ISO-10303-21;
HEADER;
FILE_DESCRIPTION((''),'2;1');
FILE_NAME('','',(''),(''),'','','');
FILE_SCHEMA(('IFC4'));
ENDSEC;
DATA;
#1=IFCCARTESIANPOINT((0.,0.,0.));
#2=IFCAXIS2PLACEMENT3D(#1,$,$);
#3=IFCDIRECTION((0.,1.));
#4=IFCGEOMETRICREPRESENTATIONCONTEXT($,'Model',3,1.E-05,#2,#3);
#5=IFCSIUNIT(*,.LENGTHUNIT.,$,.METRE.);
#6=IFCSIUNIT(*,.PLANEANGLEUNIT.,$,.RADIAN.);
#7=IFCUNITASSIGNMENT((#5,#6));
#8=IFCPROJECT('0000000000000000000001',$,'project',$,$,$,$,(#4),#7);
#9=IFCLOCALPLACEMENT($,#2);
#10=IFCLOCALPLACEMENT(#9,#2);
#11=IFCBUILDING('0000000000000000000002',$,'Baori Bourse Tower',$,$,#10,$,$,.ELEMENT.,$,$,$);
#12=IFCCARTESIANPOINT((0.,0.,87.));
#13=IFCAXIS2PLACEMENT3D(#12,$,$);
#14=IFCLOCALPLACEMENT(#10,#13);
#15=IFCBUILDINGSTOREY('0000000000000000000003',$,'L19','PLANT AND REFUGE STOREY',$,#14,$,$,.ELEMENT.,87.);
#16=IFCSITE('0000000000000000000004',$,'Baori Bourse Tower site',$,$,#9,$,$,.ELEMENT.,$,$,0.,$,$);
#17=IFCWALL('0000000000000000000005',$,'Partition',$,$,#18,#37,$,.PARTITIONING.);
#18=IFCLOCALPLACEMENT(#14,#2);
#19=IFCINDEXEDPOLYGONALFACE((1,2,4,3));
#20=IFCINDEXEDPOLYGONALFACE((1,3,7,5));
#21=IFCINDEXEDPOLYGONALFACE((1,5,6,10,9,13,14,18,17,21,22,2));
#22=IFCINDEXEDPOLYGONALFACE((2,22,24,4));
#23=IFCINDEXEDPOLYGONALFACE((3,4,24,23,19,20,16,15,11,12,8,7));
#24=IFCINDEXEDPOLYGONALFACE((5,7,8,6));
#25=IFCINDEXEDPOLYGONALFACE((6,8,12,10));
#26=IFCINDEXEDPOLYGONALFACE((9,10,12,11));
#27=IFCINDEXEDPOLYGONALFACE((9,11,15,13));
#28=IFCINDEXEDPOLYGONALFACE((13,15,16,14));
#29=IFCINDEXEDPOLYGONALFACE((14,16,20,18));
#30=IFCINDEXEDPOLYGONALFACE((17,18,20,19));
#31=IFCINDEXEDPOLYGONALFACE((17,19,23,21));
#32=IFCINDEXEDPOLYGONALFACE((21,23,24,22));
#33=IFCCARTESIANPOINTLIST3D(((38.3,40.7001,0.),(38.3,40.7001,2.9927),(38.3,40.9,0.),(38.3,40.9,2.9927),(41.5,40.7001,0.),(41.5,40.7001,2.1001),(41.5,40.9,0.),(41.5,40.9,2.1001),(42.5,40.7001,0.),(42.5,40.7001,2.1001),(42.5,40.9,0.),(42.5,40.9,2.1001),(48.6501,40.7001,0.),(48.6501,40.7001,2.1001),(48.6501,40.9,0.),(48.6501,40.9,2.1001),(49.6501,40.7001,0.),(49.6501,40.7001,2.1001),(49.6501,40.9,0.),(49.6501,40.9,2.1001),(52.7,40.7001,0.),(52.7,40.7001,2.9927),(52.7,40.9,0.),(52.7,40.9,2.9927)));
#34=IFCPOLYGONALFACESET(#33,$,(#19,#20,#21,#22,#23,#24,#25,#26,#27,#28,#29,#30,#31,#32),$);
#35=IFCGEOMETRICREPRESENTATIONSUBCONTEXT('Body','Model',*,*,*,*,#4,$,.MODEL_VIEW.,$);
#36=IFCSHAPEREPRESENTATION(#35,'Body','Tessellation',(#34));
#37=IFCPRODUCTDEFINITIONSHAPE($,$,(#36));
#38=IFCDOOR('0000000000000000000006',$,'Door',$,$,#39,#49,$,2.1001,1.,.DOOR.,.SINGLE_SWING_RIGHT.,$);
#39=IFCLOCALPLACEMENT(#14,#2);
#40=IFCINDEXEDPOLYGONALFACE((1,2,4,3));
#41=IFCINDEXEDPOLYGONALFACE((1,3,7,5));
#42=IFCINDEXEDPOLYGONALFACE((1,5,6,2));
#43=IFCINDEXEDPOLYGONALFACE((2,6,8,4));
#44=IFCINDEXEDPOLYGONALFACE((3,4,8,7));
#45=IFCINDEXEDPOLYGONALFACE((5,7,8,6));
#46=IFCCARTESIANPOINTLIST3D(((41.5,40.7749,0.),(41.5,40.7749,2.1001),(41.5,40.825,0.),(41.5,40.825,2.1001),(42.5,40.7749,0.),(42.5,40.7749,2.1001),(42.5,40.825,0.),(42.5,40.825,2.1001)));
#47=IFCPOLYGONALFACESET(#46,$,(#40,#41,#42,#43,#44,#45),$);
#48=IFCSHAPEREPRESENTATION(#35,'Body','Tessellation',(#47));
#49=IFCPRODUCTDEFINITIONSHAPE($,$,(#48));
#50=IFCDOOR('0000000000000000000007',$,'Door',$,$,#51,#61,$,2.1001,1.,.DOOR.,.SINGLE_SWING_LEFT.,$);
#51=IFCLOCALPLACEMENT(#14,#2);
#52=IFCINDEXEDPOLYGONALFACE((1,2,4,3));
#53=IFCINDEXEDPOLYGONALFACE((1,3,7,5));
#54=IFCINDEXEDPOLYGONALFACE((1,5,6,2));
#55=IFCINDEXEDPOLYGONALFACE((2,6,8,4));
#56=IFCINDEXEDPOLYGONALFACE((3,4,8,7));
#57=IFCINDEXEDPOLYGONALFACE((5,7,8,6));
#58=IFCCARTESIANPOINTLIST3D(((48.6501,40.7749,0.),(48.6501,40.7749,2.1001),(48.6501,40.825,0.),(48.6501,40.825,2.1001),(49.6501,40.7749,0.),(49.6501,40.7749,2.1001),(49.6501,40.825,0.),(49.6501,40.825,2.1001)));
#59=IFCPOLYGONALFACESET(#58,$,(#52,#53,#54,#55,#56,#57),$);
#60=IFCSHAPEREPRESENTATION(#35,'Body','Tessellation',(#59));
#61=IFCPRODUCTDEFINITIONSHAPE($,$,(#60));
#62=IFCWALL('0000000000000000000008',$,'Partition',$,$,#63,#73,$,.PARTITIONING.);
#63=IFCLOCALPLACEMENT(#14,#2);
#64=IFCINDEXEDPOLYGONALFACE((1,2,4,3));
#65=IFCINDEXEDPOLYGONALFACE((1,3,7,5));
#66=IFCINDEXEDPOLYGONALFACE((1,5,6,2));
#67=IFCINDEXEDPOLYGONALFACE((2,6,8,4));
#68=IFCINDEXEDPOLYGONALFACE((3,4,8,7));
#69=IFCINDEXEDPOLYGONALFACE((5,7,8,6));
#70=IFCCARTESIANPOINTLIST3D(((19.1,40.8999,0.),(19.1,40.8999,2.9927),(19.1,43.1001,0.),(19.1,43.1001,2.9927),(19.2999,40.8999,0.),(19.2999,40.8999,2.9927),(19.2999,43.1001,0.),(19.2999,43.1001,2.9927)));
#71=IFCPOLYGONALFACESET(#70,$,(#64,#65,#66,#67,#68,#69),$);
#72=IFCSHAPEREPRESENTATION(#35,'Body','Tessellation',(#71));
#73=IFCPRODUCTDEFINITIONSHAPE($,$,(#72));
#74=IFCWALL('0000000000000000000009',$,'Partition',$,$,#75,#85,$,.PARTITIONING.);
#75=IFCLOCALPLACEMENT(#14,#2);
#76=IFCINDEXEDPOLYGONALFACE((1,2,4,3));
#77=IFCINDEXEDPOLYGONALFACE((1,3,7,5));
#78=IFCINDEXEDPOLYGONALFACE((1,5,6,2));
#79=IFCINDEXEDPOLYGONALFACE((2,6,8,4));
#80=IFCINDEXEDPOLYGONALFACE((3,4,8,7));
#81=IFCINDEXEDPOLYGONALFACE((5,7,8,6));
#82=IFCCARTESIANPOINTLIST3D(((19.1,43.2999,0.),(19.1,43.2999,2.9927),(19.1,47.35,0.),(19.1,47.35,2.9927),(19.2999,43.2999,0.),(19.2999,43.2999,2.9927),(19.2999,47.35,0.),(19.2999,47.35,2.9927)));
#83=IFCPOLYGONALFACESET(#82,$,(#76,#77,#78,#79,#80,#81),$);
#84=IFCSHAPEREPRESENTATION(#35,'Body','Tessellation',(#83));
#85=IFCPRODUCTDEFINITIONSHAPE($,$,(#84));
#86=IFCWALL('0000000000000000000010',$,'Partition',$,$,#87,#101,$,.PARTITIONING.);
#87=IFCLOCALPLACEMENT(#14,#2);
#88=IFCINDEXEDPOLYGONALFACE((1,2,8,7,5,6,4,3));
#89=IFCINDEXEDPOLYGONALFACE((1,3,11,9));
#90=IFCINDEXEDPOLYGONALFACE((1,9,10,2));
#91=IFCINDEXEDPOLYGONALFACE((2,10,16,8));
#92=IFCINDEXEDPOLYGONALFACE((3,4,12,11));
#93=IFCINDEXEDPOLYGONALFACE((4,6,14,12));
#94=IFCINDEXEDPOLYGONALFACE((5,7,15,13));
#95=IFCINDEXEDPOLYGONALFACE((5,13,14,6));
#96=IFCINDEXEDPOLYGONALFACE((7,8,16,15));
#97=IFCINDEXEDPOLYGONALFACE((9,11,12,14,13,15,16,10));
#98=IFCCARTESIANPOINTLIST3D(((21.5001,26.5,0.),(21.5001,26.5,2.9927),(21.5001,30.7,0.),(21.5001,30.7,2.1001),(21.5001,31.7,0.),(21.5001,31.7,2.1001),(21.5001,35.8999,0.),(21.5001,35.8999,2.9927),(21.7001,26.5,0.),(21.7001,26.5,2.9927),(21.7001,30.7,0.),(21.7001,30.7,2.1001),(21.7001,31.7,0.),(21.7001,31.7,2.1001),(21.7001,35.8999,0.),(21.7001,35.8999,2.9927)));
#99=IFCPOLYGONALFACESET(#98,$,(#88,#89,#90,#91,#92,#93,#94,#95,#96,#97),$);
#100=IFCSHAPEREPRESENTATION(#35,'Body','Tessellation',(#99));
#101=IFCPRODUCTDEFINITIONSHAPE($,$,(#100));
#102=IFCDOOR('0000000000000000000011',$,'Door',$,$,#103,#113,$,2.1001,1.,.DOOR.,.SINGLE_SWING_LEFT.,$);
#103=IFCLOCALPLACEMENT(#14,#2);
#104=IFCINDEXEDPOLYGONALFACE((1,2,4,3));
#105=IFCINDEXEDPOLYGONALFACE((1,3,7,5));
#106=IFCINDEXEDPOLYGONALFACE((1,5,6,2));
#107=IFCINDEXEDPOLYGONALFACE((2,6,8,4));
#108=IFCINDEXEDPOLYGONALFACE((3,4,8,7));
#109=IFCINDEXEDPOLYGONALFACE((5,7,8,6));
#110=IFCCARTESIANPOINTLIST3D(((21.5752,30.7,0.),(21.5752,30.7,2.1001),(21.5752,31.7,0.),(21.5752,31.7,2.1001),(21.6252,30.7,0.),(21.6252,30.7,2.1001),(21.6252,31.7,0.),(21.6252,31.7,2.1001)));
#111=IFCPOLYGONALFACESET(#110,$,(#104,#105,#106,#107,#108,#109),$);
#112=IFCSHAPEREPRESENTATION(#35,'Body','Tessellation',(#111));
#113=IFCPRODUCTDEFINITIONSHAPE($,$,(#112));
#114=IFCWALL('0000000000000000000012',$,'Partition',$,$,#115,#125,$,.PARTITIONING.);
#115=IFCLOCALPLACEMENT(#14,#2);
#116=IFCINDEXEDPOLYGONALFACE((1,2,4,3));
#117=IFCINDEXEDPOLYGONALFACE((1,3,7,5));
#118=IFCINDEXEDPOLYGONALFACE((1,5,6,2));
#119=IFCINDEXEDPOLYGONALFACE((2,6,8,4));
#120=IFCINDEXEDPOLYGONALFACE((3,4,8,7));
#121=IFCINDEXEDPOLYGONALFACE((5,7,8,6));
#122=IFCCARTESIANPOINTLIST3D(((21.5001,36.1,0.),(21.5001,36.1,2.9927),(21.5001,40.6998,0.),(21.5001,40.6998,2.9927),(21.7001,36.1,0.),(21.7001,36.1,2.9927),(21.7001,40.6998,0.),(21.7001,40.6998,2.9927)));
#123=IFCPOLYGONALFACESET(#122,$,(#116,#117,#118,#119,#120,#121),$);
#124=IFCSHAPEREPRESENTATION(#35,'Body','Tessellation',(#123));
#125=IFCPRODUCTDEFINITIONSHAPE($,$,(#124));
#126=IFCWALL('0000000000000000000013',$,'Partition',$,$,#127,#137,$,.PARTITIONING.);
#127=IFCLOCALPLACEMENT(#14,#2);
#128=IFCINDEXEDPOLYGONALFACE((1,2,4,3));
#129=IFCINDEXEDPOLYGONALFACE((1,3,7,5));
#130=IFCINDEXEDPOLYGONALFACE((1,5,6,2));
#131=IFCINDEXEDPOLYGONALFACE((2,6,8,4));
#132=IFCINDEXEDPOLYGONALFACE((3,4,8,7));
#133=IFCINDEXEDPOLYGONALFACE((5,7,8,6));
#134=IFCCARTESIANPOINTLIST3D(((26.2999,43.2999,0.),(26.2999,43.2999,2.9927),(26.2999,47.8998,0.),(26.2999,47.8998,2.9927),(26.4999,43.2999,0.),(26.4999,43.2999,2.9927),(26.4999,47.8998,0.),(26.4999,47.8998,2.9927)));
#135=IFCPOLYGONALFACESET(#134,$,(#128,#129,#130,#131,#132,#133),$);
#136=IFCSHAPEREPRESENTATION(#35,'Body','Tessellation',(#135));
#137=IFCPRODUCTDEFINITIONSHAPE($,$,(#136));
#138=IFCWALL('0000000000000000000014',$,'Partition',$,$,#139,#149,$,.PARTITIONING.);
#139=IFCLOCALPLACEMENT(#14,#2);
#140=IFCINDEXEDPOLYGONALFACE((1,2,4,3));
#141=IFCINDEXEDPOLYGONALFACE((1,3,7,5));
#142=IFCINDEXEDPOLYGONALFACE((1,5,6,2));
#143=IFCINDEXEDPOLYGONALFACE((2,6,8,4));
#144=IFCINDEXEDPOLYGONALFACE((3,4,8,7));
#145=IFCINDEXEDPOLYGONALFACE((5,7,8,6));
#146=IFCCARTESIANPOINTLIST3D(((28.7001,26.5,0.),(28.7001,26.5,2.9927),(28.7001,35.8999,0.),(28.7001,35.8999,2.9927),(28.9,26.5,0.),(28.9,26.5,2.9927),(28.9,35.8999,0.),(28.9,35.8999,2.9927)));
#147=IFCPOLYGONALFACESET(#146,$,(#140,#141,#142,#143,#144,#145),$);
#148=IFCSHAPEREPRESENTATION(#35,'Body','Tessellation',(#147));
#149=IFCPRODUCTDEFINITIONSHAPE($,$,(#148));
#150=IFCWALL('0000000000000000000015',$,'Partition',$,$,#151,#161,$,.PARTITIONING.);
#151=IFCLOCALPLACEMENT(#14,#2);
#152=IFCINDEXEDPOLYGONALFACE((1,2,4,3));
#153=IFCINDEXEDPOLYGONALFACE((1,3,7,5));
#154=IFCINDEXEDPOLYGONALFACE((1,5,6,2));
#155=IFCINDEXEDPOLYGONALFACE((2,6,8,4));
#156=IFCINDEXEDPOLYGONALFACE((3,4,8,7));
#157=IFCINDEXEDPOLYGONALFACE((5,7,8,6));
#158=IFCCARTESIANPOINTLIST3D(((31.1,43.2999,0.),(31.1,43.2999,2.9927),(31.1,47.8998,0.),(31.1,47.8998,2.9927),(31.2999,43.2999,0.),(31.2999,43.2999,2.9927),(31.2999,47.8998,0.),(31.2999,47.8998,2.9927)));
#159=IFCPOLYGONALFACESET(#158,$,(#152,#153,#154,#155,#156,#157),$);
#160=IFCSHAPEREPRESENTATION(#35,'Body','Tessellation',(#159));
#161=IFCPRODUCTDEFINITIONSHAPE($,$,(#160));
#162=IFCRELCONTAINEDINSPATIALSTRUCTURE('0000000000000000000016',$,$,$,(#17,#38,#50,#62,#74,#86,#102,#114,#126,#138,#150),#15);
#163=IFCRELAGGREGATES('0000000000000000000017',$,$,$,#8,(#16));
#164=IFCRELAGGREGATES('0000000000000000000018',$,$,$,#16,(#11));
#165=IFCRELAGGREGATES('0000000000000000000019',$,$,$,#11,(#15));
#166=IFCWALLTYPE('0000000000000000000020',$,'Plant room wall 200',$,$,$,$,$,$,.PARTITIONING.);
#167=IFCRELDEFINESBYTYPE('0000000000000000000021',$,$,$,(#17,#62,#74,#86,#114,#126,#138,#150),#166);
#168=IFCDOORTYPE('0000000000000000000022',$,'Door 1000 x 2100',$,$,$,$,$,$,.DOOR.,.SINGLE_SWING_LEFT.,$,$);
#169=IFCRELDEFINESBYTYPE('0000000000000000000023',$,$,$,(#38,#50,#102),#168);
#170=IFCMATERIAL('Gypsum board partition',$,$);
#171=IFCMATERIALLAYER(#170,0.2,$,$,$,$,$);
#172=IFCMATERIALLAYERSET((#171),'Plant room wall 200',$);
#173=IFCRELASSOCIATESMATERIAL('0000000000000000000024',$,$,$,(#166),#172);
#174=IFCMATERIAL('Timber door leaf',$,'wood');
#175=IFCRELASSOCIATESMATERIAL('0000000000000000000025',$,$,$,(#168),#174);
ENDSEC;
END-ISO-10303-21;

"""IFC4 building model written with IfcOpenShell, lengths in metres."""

from ifc_helpers import new_model, si_unit, direction, frame, frame_2d, origin, place, context, subcontext, project, spatial, rectangle, extrude, material, layer, layer_set, type_object, element, fill, save


model = new_model("IFC4")

# Units and contexts
model_context = context("Model", 3, precision=1e-05, world=origin(), true_north=direction((0.0, 1.0)))
body_context = subcontext(model_context, "Body", "Model", "MODEL_VIEW")
ifc_project = project(units=[si_unit("LENGTHUNIT", "METRE"), si_unit("PLANEANGLEUNIT", "RADIAN")], contexts=[model_context])

# Site, building, storey
site_placement = place(None, origin())
site = spatial("IfcSite", under=ifc_project, at=site_placement, Name="Baori Bourse Tower site", CompositionType="ELEMENT", RefElevation=0.0)
building_placement = place(site_placement, origin())
building = spatial("IfcBuilding", under=site, at=building_placement, Name="Baori Bourse Tower", CompositionType="ELEMENT")
storey_placement = place(building_placement, frame((0.0, 0.0, 87.0)))
storey = spatial("IfcBuildingStorey", under=building, at=storey_placement, Name="L19", Description="PLANT AND REFUGE STOREY", CompositionType="ELEMENT", Elevation=87.0)

# Shared definitions
ifc_material_1 = material(Name="Gypsum board partition")
ifc_layer = layer(ifc_material_1, 0.2)
ifc_layer_set = layer_set([ifc_layer], Name="Plant room wall 200")
wall_type = type_object("IfcWallType", Name="Plant room wall 200", PredefinedType="PARTITIONING", material=ifc_layer_set)

# Shared definitions
ifc_material_2 = material(Name="Timber door leaf", Category="wood")
door_type = type_object("IfcDoorType", Name="Door 1000 x 2100", OperationType="SINGLE_SWING_LEFT", PredefinedType="DOOR", material=ifc_material_2)

# Wall, openings, doors
wall_1_placement = place(storey_placement, frame((38.3, 40.8, 0.0), z_axis=(0.0, 0.0, 1.0), x_axis=(1.0, 0.0, 0.0)))
wall_1 = element("IfcWall", 1, at=wall_1_placement, inside=storey, type_object=wall_type, Name="Partition", PredefinedType="PARTITIONING", context=body_context, shape_type="SweptSolid", body=[
    extrude(rectangle(XDim=14.3999, YDim=0.2, at=frame_2d((7.2, 0.0))), origin(), (0.0, 0.0, 1.0), 2.9927),
])
opening_1_placement = place(wall_1_placement, frame((3.2, 0.0, 0.0)))
opening_1 = element("IfcOpeningElement", 2, at=opening_1_placement, cuts=wall_1, PredefinedType="OPENING", context=body_context, shape_type="SweptSolid", body=[
    extrude(rectangle(XDim=1.0, YDim=2.1001, at=frame_2d((0.5, 1.05))), frame((0.0, 0.1099, 0.0), z_axis=(0.0, -1.0, 0.0), x_axis=(1.0, 0.0, 0.0)), (0.0, 0.0, 1.0), 0.22),
])
opening_2_placement = place(wall_1_placement, frame((10.3501, 0.0, 0.0)))
opening_2 = element("IfcOpeningElement", 3, at=opening_2_placement, cuts=wall_1, PredefinedType="OPENING", context=body_context, shape_type="SweptSolid", body=[
    extrude(rectangle(XDim=1.0, YDim=2.1001, at=frame_2d((0.5, 1.05))), frame((0.0, 0.1099, 0.0), z_axis=(0.0, -1.0, 0.0), x_axis=(1.0, 0.0, 0.0)), (0.0, 0.0, 1.0), 0.22),
])
door_1_placement = place(opening_1_placement, origin())
door_1 = element("IfcDoor", 4, at=door_1_placement, inside=storey, type_object=door_type, Name="Door", OperationType="SINGLE_SWING_RIGHT", OverallHeight=2.1001, OverallWidth=1.0, PredefinedType="DOOR", context=body_context, shape_type="SweptSolid", body=[
    extrude(rectangle(XDim=1.0, YDim=2.1001, at=frame_2d((0.5, 1.05))), frame((0.0, 0.0249, 0.0), z_axis=(0.0, -1.0, 0.0), x_axis=(1.0, 0.0, 0.0)), (0.0, 0.0, 1.0), 0.05),
])
fill(opening_1, door_1)
door_2_placement = place(opening_2_placement, origin())
door_2 = element("IfcDoor", 5, at=door_2_placement, inside=storey, type_object=door_type, Name="Door", OperationType="SINGLE_SWING_LEFT", OverallHeight=2.1001, OverallWidth=1.0, PredefinedType="DOOR", context=body_context, shape_type="SweptSolid", body=[
    extrude(rectangle(XDim=1.0, YDim=2.1001, at=frame_2d((0.5, 1.05))), frame((0.0, 0.0249, 0.0), z_axis=(0.0, -1.0, 0.0), x_axis=(1.0, 0.0, 0.0)), (0.0, 0.0, 1.0), 0.05),
])
fill(opening_2, door_2)

# Walls
wall_2_placement = place(storey_placement, frame((19.2, 40.8999, 0.0), z_axis=(0.0, 0.0, 1.0), x_axis=(0.0, 1.0, 0.0)))
element("IfcWall", 6, at=wall_2_placement, inside=storey, type_object=wall_type, Name="Partition", PredefinedType="PARTITIONING", context=body_context, shape_type="SweptSolid", body=[
    extrude(rectangle(XDim=2.2002, YDim=0.2, at=frame_2d((1.1001, 0.0))), origin(), (0.0, 0.0, 1.0), 2.9927),
])
wall_3_placement = place(storey_placement, frame((19.2, 43.3, 0.0), z_axis=(0.0, 0.0, 1.0), x_axis=(0.0, 1.0, 0.0)))
element("IfcWall", 7, at=wall_3_placement, inside=storey, type_object=wall_type, Name="Partition", PredefinedType="PARTITIONING", context=body_context, shape_type="SweptSolid", body=[
    extrude(rectangle(XDim=4.05, YDim=0.2, at=frame_2d((2.0249, 0.0))), origin(), (0.0, 0.0, 1.0), 2.9927),
])

# Wall, opening, door
wall_4_placement = place(storey_placement, frame((21.6001, 26.5, 0.0), z_axis=(0.0, 0.0, 1.0), x_axis=(0.0, 1.0, 0.0)))
wall_4 = element("IfcWall", 8, at=wall_4_placement, inside=storey, type_object=wall_type, Name="Partition", PredefinedType="PARTITIONING", context=body_context, shape_type="SweptSolid", body=[
    extrude(rectangle(XDim=9.3999, YDim=0.2, at=frame_2d((4.7, 0.0))), origin(), (0.0, 0.0, 1.0), 2.9927),
])
opening_3_placement = place(wall_4_placement, frame((4.2, 0.0, 0.0)))
opening_3 = element("IfcOpeningElement", 9, at=opening_3_placement, cuts=wall_4, PredefinedType="OPENING", context=body_context, shape_type="SweptSolid", body=[
    extrude(rectangle(XDim=1.0, YDim=2.1001, at=frame_2d((0.5, 1.05))), frame((0.0, 0.1099, 0.0), z_axis=(0.0, -1.0, 0.0), x_axis=(1.0, 0.0, 0.0)), (0.0, 0.0, 1.0), 0.22),
])
door_3_placement = place(opening_3_placement, origin())
door_3 = element("IfcDoor", 10, at=door_3_placement, inside=storey, type_object=door_type, Name="Door", OperationType="SINGLE_SWING_LEFT", OverallHeight=2.1001, OverallWidth=1.0, PredefinedType="DOOR", context=body_context, shape_type="SweptSolid", body=[
    extrude(rectangle(XDim=1.0, YDim=2.1001, at=frame_2d((0.5, 1.05))), frame((0.0, 0.0249, 0.0), z_axis=(0.0, -1.0, 0.0), x_axis=(1.0, 0.0, 0.0)), (0.0, 0.0, 1.0), 0.05),
])
fill(opening_3, door_3)

# Walls
for number, where, z_axis, x_axis, name in (
    (11, (21.6001, 36.1001, 0.0), (0.0, 0.0, 1.0), (0.0, 1.0, 0.0), "Partition"),
    (12, (26.3999, 43.3, 0.0), (0.0, 0.0, 1.0), (0.0, 1.0, 0.0), "Partition"),
):
    element("IfcWall", number, at=place(storey_placement, frame(where, z_axis=z_axis, x_axis=x_axis)), inside=storey, type_object=wall_type, Name=name, PredefinedType="PARTITIONING", context=body_context, shape_type="SweptSolid", body=[
        extrude(rectangle(XDim=4.5999, YDim=0.2, at=frame_2d((2.2998, 0.0))), origin(), (0.0, 0.0, 1.0), 2.9927),
    ])
wall_5_placement = place(storey_placement, frame((28.8, 26.5, 0.0), z_axis=(0.0, 0.0, 1.0), x_axis=(0.0, 1.0, 0.0)))
element("IfcWall", 13, at=wall_5_placement, inside=storey, type_object=wall_type, Name="Partition", PredefinedType="PARTITIONING", context=body_context, shape_type="SweptSolid", body=[
    extrude(rectangle(XDim=9.3999, YDim=0.2, at=frame_2d((4.7, 0.0))), origin(), (0.0, 0.0, 1.0), 2.9927),
])
wall_6_placement = place(storey_placement, frame((31.2, 43.3, 0.0), z_axis=(0.0, 0.0, 1.0), x_axis=(0.0, 1.0, 0.0)))
element("IfcWall", 14, at=wall_6_placement, inside=storey, type_object=wall_type, Name="Partition", PredefinedType="PARTITIONING", context=body_context, shape_type="SweptSolid", body=[
    extrude(rectangle(XDim=4.5999, YDim=0.2, at=frame_2d((2.2998, 0.0))), origin(), (0.0, 0.0, 1.0), 2.9927),
])

save(model, "model.ifc")
